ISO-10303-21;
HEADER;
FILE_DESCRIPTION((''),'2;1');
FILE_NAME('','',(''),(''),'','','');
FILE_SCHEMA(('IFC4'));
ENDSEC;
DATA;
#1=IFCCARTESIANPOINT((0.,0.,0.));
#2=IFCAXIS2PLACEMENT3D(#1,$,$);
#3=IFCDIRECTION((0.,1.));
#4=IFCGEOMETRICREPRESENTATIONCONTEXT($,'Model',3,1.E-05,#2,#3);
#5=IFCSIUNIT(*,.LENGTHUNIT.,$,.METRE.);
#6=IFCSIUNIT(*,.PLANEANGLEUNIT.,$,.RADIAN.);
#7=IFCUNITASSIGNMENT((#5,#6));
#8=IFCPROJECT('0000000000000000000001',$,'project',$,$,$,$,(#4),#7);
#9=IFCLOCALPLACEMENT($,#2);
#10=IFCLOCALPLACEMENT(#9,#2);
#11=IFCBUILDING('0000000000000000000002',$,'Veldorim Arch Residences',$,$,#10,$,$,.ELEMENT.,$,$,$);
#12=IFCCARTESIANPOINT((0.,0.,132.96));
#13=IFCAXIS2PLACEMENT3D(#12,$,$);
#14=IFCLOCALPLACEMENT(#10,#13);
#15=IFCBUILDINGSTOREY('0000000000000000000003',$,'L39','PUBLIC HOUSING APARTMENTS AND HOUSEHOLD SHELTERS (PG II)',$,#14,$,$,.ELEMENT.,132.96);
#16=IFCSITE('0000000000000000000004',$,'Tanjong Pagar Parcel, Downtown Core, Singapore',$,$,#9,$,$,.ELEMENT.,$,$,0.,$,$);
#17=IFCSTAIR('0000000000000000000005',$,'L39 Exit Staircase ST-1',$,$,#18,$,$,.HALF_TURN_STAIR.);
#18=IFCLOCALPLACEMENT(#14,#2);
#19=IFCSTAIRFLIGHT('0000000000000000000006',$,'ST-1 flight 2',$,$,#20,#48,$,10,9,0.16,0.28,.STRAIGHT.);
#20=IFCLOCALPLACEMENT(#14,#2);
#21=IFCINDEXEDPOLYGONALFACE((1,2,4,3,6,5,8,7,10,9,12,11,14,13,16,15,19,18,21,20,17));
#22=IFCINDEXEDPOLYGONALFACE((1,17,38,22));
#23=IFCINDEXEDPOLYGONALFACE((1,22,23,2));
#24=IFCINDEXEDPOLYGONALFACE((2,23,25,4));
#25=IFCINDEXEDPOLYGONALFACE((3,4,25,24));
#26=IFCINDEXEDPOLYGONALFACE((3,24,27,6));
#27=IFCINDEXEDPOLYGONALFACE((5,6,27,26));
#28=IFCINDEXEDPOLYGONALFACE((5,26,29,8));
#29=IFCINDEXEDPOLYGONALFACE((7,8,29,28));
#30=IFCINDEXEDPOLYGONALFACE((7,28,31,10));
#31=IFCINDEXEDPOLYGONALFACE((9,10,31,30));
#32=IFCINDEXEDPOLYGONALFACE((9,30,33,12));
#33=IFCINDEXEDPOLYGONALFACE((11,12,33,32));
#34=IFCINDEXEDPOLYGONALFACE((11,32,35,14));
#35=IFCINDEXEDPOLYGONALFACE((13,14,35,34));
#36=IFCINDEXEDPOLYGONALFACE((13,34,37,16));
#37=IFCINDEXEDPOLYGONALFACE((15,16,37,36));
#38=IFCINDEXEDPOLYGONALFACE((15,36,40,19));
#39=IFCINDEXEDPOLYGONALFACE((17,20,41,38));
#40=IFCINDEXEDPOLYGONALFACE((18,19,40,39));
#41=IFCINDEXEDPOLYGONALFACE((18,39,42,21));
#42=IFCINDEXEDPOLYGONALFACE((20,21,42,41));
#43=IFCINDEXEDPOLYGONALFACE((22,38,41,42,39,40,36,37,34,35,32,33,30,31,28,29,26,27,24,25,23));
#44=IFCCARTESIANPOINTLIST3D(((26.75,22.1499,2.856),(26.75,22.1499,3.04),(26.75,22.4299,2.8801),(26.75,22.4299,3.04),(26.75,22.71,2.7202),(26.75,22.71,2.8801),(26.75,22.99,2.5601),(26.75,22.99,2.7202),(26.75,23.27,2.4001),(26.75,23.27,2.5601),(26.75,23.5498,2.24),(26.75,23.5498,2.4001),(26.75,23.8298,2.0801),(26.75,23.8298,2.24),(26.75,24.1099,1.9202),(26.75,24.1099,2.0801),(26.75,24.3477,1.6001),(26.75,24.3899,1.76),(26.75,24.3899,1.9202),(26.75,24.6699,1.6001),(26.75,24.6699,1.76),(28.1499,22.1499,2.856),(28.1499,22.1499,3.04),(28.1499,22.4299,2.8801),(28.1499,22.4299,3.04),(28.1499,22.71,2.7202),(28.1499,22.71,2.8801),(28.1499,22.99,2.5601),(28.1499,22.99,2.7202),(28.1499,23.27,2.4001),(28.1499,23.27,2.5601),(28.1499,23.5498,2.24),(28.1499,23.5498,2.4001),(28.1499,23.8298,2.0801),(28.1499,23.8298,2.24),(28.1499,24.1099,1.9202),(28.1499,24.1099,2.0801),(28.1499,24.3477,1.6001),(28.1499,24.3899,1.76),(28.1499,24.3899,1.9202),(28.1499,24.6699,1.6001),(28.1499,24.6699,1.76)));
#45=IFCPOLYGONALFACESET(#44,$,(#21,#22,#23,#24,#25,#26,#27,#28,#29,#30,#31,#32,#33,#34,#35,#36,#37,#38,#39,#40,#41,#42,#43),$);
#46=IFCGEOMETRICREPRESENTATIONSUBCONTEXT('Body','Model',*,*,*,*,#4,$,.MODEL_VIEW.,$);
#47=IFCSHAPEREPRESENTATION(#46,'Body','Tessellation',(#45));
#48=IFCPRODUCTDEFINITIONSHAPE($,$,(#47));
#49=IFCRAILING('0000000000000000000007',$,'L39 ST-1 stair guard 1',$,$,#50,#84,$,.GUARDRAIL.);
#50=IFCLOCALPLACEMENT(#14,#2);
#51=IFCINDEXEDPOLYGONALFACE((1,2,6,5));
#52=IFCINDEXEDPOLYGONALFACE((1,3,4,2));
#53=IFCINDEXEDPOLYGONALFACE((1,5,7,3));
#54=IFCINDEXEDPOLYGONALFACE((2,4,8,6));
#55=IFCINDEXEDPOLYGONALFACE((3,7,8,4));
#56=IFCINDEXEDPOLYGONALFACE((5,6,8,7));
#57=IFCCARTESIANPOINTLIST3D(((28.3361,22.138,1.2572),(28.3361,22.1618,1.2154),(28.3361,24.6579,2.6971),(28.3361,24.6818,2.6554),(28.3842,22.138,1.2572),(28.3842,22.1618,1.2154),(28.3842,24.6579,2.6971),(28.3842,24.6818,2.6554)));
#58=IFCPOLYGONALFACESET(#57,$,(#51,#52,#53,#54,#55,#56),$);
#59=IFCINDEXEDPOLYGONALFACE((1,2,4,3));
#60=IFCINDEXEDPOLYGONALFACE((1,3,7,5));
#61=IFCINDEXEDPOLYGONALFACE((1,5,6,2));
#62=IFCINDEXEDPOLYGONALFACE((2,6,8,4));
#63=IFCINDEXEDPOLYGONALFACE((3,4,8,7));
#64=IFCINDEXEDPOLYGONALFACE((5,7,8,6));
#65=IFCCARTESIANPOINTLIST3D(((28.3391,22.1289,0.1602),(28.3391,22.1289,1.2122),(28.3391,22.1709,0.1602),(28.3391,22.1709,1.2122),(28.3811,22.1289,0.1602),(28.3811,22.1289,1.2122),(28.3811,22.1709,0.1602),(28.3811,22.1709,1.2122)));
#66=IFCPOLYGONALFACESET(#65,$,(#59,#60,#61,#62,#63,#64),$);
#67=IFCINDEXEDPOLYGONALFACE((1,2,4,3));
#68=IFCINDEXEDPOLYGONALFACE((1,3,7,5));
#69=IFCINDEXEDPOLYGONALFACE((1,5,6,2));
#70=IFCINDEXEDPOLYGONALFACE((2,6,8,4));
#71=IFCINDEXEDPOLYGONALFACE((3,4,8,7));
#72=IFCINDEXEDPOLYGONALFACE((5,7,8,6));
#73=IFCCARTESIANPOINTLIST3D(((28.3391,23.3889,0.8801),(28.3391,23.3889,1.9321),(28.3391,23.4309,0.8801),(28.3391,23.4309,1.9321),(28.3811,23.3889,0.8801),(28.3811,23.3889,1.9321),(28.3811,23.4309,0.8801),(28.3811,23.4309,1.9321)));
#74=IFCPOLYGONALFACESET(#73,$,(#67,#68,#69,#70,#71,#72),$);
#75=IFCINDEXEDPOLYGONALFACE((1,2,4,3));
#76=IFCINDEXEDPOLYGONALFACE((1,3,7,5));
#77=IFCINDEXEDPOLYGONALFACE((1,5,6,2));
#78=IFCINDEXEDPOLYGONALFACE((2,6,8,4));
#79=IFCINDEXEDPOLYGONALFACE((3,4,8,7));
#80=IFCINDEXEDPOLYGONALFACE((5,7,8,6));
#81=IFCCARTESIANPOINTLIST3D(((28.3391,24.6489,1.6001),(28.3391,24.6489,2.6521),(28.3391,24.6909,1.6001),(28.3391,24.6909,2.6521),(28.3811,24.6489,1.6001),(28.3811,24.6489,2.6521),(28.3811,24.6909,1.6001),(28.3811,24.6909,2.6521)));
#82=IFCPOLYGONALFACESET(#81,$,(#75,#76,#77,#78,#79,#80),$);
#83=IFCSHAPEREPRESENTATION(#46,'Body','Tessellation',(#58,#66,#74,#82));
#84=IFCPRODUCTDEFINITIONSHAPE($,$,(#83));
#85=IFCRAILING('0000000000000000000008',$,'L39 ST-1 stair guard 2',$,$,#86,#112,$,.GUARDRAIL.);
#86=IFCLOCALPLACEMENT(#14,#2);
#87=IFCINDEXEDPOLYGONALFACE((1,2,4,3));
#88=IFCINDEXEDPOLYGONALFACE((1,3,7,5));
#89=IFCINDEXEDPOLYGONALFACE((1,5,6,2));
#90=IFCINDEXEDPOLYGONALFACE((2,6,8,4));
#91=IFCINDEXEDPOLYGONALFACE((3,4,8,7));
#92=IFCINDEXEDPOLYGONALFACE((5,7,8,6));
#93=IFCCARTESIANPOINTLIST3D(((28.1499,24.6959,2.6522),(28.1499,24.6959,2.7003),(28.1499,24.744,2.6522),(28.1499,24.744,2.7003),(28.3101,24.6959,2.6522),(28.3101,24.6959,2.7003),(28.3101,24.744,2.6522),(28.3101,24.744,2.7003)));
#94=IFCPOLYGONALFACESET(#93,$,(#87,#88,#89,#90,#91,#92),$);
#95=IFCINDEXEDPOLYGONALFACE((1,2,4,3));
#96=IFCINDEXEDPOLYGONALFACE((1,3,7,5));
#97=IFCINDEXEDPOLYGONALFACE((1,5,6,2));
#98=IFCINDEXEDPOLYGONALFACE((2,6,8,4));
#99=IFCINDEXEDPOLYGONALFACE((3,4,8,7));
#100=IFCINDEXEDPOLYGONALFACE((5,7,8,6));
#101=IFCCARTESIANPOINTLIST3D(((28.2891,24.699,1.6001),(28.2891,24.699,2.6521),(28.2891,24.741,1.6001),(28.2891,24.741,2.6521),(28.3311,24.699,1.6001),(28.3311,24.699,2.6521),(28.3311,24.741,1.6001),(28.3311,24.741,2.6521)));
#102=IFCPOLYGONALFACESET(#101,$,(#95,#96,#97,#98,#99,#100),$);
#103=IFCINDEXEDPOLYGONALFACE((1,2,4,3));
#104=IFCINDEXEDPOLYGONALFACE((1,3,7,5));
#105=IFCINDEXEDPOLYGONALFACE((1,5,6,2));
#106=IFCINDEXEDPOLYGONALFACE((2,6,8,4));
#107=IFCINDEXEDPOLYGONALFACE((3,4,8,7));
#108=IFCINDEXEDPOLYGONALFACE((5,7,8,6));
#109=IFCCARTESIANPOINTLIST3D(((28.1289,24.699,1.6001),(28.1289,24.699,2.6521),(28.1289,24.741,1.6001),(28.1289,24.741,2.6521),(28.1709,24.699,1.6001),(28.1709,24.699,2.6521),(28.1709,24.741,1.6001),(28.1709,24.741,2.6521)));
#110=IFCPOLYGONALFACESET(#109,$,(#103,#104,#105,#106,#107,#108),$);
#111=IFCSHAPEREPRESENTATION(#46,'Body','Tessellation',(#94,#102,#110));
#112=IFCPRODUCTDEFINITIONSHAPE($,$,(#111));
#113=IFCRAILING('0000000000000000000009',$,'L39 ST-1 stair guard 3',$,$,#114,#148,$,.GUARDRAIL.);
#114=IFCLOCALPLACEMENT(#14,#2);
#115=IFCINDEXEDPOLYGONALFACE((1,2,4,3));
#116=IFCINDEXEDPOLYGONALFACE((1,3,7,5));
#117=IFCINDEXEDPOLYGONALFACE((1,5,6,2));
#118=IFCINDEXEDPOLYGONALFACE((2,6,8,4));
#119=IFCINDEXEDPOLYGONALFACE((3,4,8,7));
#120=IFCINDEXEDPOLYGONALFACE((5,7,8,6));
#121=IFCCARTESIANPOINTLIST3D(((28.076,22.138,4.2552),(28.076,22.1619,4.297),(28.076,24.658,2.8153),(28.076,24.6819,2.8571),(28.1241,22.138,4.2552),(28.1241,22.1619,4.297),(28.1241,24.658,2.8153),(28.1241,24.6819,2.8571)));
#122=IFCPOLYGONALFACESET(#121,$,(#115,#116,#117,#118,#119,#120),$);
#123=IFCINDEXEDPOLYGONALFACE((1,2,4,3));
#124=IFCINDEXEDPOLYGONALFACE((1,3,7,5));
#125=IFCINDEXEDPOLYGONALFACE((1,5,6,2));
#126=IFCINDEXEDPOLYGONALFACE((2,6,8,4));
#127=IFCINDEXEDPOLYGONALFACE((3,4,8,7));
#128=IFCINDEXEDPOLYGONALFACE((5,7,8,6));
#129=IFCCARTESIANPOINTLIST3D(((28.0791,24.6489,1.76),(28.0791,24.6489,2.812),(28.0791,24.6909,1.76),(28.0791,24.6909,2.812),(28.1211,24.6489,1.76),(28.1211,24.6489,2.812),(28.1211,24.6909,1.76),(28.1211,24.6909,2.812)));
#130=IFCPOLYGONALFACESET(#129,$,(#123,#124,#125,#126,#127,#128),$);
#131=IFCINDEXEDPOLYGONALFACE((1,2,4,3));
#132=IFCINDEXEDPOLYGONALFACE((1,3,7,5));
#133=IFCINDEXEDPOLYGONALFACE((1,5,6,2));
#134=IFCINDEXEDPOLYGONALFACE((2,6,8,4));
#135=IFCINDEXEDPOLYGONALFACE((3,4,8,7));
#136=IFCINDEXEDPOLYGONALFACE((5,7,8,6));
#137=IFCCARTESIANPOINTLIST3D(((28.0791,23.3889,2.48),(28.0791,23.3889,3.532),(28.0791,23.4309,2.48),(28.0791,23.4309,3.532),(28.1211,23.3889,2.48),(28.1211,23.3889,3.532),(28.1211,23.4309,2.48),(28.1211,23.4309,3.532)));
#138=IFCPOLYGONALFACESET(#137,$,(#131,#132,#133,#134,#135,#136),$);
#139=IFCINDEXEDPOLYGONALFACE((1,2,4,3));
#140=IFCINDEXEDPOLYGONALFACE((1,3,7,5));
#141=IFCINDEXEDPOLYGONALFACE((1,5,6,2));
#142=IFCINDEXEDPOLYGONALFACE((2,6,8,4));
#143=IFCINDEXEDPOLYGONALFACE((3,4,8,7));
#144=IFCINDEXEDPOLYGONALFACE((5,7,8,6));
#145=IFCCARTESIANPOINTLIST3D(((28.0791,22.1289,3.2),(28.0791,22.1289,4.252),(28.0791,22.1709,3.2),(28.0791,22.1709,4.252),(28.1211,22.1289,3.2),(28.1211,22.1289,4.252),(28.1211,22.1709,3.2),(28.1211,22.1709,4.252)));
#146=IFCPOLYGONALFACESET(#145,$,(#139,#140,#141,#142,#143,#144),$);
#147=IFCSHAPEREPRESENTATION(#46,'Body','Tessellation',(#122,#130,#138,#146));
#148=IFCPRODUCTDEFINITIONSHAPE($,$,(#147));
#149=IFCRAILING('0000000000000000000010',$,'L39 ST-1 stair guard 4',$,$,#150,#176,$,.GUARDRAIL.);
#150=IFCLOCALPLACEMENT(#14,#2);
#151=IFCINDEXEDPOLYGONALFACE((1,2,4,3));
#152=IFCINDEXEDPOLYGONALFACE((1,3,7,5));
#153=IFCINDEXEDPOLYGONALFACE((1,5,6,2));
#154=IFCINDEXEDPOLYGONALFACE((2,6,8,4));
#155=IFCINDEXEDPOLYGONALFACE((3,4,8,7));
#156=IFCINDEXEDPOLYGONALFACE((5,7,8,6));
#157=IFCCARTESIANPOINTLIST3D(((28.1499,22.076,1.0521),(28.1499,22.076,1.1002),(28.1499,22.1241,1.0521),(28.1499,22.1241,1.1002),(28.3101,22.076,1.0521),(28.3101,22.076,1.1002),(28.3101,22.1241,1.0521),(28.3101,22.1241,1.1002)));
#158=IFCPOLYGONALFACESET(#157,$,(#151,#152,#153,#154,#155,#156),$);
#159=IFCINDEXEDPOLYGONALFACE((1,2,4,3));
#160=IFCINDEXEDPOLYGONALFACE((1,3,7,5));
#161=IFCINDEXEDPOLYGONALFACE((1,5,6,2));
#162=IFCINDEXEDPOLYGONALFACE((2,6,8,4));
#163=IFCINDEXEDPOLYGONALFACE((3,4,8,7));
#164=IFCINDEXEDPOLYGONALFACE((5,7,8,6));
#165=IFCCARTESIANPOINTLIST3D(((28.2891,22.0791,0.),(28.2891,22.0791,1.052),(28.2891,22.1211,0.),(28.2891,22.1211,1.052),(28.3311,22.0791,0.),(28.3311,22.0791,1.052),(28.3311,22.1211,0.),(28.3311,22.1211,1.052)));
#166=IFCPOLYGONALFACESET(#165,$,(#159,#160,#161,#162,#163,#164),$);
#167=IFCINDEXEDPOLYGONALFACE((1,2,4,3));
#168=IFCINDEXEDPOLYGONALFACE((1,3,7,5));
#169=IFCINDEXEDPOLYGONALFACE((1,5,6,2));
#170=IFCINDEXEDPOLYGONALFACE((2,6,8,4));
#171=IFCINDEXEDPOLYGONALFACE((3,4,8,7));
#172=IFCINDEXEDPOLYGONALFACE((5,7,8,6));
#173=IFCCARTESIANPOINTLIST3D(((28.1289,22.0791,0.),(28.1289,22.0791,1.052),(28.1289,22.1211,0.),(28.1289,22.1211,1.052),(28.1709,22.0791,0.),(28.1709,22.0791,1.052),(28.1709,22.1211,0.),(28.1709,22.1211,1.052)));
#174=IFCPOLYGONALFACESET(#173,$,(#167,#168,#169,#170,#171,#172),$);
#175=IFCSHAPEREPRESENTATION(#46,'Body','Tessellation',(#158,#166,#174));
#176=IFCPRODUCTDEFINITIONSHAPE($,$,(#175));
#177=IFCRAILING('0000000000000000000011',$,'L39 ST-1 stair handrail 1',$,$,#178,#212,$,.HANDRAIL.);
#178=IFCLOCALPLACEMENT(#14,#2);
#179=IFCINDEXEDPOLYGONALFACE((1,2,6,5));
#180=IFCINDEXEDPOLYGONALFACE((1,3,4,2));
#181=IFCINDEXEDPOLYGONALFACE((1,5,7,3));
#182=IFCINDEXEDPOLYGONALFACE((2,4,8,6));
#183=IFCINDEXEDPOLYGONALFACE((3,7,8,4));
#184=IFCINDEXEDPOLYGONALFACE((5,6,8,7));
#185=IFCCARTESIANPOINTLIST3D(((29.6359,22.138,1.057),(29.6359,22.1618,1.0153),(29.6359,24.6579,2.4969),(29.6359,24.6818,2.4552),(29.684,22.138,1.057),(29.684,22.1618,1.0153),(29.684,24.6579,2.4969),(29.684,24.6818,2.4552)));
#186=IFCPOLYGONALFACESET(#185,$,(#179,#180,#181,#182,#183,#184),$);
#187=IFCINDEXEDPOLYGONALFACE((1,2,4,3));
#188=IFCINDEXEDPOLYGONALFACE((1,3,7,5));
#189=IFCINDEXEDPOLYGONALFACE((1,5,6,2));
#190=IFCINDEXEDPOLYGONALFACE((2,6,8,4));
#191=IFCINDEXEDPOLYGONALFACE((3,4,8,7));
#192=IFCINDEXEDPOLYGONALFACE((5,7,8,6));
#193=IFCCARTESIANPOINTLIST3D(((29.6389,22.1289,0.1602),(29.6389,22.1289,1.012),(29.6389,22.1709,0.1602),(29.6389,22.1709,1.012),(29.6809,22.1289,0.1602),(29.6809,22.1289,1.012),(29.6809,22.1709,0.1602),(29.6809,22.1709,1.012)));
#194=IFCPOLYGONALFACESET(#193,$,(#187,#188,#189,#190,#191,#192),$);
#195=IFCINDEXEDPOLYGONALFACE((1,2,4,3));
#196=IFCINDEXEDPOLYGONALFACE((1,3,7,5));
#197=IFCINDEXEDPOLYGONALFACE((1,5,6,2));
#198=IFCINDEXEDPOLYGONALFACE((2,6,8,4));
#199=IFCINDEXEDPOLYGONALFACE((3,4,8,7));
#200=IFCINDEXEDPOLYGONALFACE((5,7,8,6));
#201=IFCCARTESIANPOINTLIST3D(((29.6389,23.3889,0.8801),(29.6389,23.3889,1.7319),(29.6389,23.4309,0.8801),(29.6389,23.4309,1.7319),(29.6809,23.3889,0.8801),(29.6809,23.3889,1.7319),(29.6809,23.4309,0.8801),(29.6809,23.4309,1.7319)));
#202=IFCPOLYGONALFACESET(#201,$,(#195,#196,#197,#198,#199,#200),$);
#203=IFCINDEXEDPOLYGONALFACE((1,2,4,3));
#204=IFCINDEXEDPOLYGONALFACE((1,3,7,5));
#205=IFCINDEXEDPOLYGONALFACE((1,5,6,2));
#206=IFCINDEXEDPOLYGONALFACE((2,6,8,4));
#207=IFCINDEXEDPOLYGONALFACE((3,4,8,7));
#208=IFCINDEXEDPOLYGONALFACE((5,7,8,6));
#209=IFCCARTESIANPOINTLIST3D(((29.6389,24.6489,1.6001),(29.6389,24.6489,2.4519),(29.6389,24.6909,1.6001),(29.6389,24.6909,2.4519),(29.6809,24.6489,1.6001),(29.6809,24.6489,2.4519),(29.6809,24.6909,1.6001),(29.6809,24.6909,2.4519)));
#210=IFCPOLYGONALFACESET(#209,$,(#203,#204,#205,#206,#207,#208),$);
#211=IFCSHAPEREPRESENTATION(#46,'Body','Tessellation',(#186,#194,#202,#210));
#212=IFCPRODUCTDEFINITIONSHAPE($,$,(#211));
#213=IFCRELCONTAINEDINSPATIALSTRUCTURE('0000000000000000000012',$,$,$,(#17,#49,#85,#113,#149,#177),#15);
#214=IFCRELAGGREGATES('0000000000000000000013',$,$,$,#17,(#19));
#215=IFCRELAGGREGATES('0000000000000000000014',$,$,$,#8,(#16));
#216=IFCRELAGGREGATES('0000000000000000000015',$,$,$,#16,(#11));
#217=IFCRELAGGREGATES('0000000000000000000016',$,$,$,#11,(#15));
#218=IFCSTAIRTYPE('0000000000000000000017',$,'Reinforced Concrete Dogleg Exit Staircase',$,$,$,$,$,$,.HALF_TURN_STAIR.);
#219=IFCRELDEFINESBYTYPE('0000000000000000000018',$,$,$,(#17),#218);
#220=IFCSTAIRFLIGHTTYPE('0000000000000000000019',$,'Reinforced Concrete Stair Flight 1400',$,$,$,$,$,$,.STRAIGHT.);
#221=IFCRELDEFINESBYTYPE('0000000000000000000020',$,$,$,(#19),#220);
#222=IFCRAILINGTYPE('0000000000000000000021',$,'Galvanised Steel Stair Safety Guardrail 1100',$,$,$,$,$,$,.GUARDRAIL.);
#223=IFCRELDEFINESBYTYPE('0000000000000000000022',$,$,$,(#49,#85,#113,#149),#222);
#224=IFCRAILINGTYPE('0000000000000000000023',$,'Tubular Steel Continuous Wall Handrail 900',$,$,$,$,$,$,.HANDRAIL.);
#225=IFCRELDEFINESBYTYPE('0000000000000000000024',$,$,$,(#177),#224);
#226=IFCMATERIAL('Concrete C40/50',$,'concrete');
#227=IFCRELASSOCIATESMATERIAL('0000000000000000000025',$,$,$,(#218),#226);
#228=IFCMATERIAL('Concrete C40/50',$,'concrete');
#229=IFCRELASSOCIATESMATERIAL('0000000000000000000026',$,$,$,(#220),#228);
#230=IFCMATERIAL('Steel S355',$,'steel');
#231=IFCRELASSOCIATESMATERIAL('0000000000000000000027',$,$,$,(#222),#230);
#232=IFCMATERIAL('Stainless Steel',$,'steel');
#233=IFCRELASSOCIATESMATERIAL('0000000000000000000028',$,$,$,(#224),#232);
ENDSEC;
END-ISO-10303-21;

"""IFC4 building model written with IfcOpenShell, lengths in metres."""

from ifc_helpers import new_model, si_unit, direction, frame, origin, origin_2d, place, context, subcontext, project, spatial, polyline, rectangle, outline, extrude, material, type_object, element, aggregate, save


model = new_model("IFC4")

# Units and contexts
model_context = context("Model", 3, precision=1e-05, world=origin(), true_north=direction((0.0, 1.0)))
body_context = subcontext(model_context, "Body", "Model", "MODEL_VIEW")
ifc_project = project(units=[si_unit("LENGTHUNIT", "METRE"), si_unit("PLANEANGLEUNIT", "RADIAN")], contexts=[model_context])

# Site, building, storey
site_placement = place(None, origin())
site = spatial("IfcSite", under=ifc_project, at=site_placement, Name="Tanjong Pagar Parcel, Downtown Core, Singapore", CompositionType="ELEMENT", RefElevation=0.0)
building_placement = place(site_placement, origin())
building = spatial("IfcBuilding", under=site, at=building_placement, Name="Veldorim Arch Residences", CompositionType="ELEMENT")
storey_placement = place(building_placement, frame((0.0, 0.0, 132.96)))
storey = spatial("IfcBuildingStorey", under=building, at=storey_placement, Name="L39", Description="PUBLIC HOUSING APARTMENTS AND HOUSEHOLD SHELTERS (PG II)", CompositionType="ELEMENT", Elevation=132.96)

# Stair, stair flight
ifc_material_1 = material(Name="Concrete C40/50", Category="concrete")
stair_type = type_object("IfcStairType", Name="Reinforced Concrete Dogleg Exit Staircase", PredefinedType="HALF_TURN_STAIR", material=ifc_material_1)
stair_placement = place(storey_placement, origin())
stair = element("IfcStair", 1, at=stair_placement, inside=storey, type_object=stair_type, Name="L39 Exit Staircase ST-1", PredefinedType="HALF_TURN_STAIR")
ifc_material_2 = material(Name="Concrete C40/50", Category="concrete")
stair_flight_type = type_object("IfcStairFlightType", Name="Reinforced Concrete Stair Flight 1400", PredefinedType="STRAIGHT", material=ifc_material_2)
stair_flight_1_placement = place(storey_placement, frame((27.45, 24.6699, 1.6001), z_axis=(0.0, 0.0, 1.0), x_axis=(0.0, -1.0, 0.0)))
stair_flight_1 = element("IfcStairFlight", 2, at=stair_flight_1_placement, type_object=stair_flight_type, Name="ST-1 flight 2", NumberOfRisers=10, NumberOfTreads=9, PredefinedType="STRAIGHT", RiserHeight=0.16, TreadLength=0.28, context=body_context, shape_type="SweptSolid", body=[
    extrude(outline(polyline([(0.0, 0.0), (0.0, 0.1599), (0.28, 0.1599), (0.28, 0.3201), (0.5601, 0.3201), (0.5601, 0.48), (0.8401, 0.48), (0.8401, 0.6399), (1.1201, 0.6399), (1.1201, 0.8), (1.3999, 0.8), (1.3999, 0.96), (1.6799, 0.96), (1.6799, 1.1201), (1.96, 1.1201), (1.96, 1.28), (2.24, 1.28), (2.24, 1.4399), (2.52, 1.4399), (2.52, 1.6001), (2.52, 1.2559), (0.3223, 0.0), (0.0, 0.0)])), frame((0.0, 0.7, 0.0), z_axis=(0.0, -1.0, 0.0), x_axis=(1.0, 0.0, 0.0)), (0.0, 0.0, 1.0), 1.3999),
])
aggregate(stair, [stair_flight_1])

# Railings
ifc_material_3 = material(Name="Steel S355", Category="steel")
railing_type_1 = type_object("IfcRailingType", Name="Galvanised Steel Stair Safety Guardrail 1100", PredefinedType="GUARDRAIL", material=ifc_material_3)
railing_1_placement = place(storey_placement, frame((28.3601, 22.1499, 0.1602)))
element("IfcRailing", 3, at=railing_1_placement, inside=storey, type_object=railing_type_1, Name="L39 ST-1 stair guard 1", PredefinedType="GUARDRAIL", context=body_context, shape_type="SweptSolid", body=[
    extrude(rectangle(XDim=0.0481, YDim=0.0481, at=origin_2d()), frame((0.0, 0.0, 1.0762), z_axis=(0.0, 0.868253, 0.496121), x_axis=(-1.0, 0.0, 0.0)), (0.0, 0.0, 1.0), 2.9023),
    extrude(rectangle(XDim=0.042, YDim=0.042, at=origin_2d()), origin(), (0.0, 0.0, 1.0), 1.052),
    extrude(rectangle(XDim=0.042, YDim=0.042, at=origin_2d()), frame((0.0, 1.26, 0.72)), (0.0, 0.0, 1.0), 1.052),
    extrude(rectangle(XDim=0.042, YDim=0.042, at=origin_2d()), frame((0.0, 2.52, 1.4399)), (0.0, 0.0, 1.0), 1.052),
])
railing_2_placement = place(storey_placement, frame((28.3101, 24.72, 1.6001)))
element("IfcRailing", 4, at=railing_2_placement, inside=storey, type_object=railing_type_1, Name="L39 ST-1 stair guard 2", PredefinedType="GUARDRAIL", context=body_context, shape_type="SweptSolid", body=[
    extrude(rectangle(XDim=0.0481, YDim=0.0481, at=origin_2d()), frame((0.0, 0.0, 1.0762), z_axis=(-1.0, 0.0, 0.0), x_axis=(0.0, -1.0, 0.0)), (0.0, 0.0, 1.0), 0.1602),
    extrude(rectangle(XDim=0.042, YDim=0.042, at=origin_2d()), origin(), (0.0, 0.0, 1.0), 1.052),
    extrude(rectangle(XDim=0.042, YDim=0.042, at=origin_2d()), frame((-0.1602, 0.0, 0.0)), (0.0, 0.0, 1.0), 1.052),
])
railing_3_placement = place(storey_placement, frame((28.1001, 24.6699, 1.76)))
element("IfcRailing", 5, at=railing_3_placement, inside=storey, type_object=railing_type_1, Name="L39 ST-1 stair guard 3", PredefinedType="GUARDRAIL", context=body_context, shape_type="SweptSolid", body=[
    extrude(rectangle(XDim=0.0481, YDim=0.0481, at=origin_2d()), frame((0.0, 0.0, 1.0762), z_axis=(0.0, -0.868253, 0.496121), x_axis=(1.0, 0.0, 0.0)), (0.0, 0.0, 1.0), 2.9023),
    extrude(rectangle(XDim=0.042, YDim=0.042, at=origin_2d()), origin(), (0.0, 0.0, 1.0), 1.052),
    extrude(rectangle(XDim=0.042, YDim=0.042, at=origin_2d()), frame((0.0, -1.26, 0.72)), (0.0, 0.0, 1.0), 1.052),
    extrude(rectangle(XDim=0.042, YDim=0.042, at=origin_2d()), frame((0.0, -2.52, 1.4399)), (0.0, 0.0, 1.0), 1.052),
])
railing_4_placement = place(storey_placement, frame((28.3101, 22.1001, 0.0)))
element("IfcRailing", 6, at=railing_4_placement, inside=storey, type_object=railing_type_1, Name="L39 ST-1 stair guard 4", PredefinedType="GUARDRAIL", context=body_context, shape_type="SweptSolid", body=[
    extrude(rectangle(XDim=0.0481, YDim=0.0481, at=origin_2d()), frame((0.0, 0.0, 1.0762), z_axis=(-1.0, 0.0, 0.0), x_axis=(0.0, -1.0, 0.0)), (0.0, 0.0, 1.0), 0.1602),
    extrude(rectangle(XDim=0.042, YDim=0.042, at=origin_2d()), origin(), (0.0, 0.0, 1.0), 1.052),
    extrude(rectangle(XDim=0.042, YDim=0.042, at=origin_2d()), frame((-0.1602, 0.0, 0.0)), (0.0, 0.0, 1.0), 1.052),
])
ifc_material_4 = material(Name="Stainless Steel", Category="steel")
railing_type_2 = type_object("IfcRailingType", Name="Tubular Steel Continuous Wall Handrail 900", PredefinedType="HANDRAIL", material=ifc_material_4)
railing_5_placement = place(storey_placement, frame((29.6599, 22.1499, 0.1602)))
element("IfcRailing", 7, at=railing_5_placement, inside=storey, type_object=railing_type_2, Name="L39 ST-1 stair handrail 1", PredefinedType="HANDRAIL", context=body_context, shape_type="SweptSolid", body=[
    extrude(rectangle(XDim=0.0481, YDim=0.0481, at=origin_2d()), frame((0.0, 0.0, 0.876), z_axis=(0.0, 0.868253, 0.496121), x_axis=(-1.0, 0.0, 0.0)), (0.0, 0.0, 1.0), 2.9023),
    extrude(rectangle(XDim=0.042, YDim=0.042, at=origin_2d()), origin(), (0.0, 0.0, 1.0), 0.8518),
    extrude(rectangle(XDim=0.042, YDim=0.042, at=origin_2d()), frame((0.0, 1.26, 0.72)), (0.0, 0.0, 1.0), 0.8518),
    extrude(rectangle(XDim=0.042, YDim=0.042, at=origin_2d()), frame((0.0, 2.52, 1.4399)), (0.0, 0.0, 1.0), 0.8518),
])

save(model, "model.ifc")
